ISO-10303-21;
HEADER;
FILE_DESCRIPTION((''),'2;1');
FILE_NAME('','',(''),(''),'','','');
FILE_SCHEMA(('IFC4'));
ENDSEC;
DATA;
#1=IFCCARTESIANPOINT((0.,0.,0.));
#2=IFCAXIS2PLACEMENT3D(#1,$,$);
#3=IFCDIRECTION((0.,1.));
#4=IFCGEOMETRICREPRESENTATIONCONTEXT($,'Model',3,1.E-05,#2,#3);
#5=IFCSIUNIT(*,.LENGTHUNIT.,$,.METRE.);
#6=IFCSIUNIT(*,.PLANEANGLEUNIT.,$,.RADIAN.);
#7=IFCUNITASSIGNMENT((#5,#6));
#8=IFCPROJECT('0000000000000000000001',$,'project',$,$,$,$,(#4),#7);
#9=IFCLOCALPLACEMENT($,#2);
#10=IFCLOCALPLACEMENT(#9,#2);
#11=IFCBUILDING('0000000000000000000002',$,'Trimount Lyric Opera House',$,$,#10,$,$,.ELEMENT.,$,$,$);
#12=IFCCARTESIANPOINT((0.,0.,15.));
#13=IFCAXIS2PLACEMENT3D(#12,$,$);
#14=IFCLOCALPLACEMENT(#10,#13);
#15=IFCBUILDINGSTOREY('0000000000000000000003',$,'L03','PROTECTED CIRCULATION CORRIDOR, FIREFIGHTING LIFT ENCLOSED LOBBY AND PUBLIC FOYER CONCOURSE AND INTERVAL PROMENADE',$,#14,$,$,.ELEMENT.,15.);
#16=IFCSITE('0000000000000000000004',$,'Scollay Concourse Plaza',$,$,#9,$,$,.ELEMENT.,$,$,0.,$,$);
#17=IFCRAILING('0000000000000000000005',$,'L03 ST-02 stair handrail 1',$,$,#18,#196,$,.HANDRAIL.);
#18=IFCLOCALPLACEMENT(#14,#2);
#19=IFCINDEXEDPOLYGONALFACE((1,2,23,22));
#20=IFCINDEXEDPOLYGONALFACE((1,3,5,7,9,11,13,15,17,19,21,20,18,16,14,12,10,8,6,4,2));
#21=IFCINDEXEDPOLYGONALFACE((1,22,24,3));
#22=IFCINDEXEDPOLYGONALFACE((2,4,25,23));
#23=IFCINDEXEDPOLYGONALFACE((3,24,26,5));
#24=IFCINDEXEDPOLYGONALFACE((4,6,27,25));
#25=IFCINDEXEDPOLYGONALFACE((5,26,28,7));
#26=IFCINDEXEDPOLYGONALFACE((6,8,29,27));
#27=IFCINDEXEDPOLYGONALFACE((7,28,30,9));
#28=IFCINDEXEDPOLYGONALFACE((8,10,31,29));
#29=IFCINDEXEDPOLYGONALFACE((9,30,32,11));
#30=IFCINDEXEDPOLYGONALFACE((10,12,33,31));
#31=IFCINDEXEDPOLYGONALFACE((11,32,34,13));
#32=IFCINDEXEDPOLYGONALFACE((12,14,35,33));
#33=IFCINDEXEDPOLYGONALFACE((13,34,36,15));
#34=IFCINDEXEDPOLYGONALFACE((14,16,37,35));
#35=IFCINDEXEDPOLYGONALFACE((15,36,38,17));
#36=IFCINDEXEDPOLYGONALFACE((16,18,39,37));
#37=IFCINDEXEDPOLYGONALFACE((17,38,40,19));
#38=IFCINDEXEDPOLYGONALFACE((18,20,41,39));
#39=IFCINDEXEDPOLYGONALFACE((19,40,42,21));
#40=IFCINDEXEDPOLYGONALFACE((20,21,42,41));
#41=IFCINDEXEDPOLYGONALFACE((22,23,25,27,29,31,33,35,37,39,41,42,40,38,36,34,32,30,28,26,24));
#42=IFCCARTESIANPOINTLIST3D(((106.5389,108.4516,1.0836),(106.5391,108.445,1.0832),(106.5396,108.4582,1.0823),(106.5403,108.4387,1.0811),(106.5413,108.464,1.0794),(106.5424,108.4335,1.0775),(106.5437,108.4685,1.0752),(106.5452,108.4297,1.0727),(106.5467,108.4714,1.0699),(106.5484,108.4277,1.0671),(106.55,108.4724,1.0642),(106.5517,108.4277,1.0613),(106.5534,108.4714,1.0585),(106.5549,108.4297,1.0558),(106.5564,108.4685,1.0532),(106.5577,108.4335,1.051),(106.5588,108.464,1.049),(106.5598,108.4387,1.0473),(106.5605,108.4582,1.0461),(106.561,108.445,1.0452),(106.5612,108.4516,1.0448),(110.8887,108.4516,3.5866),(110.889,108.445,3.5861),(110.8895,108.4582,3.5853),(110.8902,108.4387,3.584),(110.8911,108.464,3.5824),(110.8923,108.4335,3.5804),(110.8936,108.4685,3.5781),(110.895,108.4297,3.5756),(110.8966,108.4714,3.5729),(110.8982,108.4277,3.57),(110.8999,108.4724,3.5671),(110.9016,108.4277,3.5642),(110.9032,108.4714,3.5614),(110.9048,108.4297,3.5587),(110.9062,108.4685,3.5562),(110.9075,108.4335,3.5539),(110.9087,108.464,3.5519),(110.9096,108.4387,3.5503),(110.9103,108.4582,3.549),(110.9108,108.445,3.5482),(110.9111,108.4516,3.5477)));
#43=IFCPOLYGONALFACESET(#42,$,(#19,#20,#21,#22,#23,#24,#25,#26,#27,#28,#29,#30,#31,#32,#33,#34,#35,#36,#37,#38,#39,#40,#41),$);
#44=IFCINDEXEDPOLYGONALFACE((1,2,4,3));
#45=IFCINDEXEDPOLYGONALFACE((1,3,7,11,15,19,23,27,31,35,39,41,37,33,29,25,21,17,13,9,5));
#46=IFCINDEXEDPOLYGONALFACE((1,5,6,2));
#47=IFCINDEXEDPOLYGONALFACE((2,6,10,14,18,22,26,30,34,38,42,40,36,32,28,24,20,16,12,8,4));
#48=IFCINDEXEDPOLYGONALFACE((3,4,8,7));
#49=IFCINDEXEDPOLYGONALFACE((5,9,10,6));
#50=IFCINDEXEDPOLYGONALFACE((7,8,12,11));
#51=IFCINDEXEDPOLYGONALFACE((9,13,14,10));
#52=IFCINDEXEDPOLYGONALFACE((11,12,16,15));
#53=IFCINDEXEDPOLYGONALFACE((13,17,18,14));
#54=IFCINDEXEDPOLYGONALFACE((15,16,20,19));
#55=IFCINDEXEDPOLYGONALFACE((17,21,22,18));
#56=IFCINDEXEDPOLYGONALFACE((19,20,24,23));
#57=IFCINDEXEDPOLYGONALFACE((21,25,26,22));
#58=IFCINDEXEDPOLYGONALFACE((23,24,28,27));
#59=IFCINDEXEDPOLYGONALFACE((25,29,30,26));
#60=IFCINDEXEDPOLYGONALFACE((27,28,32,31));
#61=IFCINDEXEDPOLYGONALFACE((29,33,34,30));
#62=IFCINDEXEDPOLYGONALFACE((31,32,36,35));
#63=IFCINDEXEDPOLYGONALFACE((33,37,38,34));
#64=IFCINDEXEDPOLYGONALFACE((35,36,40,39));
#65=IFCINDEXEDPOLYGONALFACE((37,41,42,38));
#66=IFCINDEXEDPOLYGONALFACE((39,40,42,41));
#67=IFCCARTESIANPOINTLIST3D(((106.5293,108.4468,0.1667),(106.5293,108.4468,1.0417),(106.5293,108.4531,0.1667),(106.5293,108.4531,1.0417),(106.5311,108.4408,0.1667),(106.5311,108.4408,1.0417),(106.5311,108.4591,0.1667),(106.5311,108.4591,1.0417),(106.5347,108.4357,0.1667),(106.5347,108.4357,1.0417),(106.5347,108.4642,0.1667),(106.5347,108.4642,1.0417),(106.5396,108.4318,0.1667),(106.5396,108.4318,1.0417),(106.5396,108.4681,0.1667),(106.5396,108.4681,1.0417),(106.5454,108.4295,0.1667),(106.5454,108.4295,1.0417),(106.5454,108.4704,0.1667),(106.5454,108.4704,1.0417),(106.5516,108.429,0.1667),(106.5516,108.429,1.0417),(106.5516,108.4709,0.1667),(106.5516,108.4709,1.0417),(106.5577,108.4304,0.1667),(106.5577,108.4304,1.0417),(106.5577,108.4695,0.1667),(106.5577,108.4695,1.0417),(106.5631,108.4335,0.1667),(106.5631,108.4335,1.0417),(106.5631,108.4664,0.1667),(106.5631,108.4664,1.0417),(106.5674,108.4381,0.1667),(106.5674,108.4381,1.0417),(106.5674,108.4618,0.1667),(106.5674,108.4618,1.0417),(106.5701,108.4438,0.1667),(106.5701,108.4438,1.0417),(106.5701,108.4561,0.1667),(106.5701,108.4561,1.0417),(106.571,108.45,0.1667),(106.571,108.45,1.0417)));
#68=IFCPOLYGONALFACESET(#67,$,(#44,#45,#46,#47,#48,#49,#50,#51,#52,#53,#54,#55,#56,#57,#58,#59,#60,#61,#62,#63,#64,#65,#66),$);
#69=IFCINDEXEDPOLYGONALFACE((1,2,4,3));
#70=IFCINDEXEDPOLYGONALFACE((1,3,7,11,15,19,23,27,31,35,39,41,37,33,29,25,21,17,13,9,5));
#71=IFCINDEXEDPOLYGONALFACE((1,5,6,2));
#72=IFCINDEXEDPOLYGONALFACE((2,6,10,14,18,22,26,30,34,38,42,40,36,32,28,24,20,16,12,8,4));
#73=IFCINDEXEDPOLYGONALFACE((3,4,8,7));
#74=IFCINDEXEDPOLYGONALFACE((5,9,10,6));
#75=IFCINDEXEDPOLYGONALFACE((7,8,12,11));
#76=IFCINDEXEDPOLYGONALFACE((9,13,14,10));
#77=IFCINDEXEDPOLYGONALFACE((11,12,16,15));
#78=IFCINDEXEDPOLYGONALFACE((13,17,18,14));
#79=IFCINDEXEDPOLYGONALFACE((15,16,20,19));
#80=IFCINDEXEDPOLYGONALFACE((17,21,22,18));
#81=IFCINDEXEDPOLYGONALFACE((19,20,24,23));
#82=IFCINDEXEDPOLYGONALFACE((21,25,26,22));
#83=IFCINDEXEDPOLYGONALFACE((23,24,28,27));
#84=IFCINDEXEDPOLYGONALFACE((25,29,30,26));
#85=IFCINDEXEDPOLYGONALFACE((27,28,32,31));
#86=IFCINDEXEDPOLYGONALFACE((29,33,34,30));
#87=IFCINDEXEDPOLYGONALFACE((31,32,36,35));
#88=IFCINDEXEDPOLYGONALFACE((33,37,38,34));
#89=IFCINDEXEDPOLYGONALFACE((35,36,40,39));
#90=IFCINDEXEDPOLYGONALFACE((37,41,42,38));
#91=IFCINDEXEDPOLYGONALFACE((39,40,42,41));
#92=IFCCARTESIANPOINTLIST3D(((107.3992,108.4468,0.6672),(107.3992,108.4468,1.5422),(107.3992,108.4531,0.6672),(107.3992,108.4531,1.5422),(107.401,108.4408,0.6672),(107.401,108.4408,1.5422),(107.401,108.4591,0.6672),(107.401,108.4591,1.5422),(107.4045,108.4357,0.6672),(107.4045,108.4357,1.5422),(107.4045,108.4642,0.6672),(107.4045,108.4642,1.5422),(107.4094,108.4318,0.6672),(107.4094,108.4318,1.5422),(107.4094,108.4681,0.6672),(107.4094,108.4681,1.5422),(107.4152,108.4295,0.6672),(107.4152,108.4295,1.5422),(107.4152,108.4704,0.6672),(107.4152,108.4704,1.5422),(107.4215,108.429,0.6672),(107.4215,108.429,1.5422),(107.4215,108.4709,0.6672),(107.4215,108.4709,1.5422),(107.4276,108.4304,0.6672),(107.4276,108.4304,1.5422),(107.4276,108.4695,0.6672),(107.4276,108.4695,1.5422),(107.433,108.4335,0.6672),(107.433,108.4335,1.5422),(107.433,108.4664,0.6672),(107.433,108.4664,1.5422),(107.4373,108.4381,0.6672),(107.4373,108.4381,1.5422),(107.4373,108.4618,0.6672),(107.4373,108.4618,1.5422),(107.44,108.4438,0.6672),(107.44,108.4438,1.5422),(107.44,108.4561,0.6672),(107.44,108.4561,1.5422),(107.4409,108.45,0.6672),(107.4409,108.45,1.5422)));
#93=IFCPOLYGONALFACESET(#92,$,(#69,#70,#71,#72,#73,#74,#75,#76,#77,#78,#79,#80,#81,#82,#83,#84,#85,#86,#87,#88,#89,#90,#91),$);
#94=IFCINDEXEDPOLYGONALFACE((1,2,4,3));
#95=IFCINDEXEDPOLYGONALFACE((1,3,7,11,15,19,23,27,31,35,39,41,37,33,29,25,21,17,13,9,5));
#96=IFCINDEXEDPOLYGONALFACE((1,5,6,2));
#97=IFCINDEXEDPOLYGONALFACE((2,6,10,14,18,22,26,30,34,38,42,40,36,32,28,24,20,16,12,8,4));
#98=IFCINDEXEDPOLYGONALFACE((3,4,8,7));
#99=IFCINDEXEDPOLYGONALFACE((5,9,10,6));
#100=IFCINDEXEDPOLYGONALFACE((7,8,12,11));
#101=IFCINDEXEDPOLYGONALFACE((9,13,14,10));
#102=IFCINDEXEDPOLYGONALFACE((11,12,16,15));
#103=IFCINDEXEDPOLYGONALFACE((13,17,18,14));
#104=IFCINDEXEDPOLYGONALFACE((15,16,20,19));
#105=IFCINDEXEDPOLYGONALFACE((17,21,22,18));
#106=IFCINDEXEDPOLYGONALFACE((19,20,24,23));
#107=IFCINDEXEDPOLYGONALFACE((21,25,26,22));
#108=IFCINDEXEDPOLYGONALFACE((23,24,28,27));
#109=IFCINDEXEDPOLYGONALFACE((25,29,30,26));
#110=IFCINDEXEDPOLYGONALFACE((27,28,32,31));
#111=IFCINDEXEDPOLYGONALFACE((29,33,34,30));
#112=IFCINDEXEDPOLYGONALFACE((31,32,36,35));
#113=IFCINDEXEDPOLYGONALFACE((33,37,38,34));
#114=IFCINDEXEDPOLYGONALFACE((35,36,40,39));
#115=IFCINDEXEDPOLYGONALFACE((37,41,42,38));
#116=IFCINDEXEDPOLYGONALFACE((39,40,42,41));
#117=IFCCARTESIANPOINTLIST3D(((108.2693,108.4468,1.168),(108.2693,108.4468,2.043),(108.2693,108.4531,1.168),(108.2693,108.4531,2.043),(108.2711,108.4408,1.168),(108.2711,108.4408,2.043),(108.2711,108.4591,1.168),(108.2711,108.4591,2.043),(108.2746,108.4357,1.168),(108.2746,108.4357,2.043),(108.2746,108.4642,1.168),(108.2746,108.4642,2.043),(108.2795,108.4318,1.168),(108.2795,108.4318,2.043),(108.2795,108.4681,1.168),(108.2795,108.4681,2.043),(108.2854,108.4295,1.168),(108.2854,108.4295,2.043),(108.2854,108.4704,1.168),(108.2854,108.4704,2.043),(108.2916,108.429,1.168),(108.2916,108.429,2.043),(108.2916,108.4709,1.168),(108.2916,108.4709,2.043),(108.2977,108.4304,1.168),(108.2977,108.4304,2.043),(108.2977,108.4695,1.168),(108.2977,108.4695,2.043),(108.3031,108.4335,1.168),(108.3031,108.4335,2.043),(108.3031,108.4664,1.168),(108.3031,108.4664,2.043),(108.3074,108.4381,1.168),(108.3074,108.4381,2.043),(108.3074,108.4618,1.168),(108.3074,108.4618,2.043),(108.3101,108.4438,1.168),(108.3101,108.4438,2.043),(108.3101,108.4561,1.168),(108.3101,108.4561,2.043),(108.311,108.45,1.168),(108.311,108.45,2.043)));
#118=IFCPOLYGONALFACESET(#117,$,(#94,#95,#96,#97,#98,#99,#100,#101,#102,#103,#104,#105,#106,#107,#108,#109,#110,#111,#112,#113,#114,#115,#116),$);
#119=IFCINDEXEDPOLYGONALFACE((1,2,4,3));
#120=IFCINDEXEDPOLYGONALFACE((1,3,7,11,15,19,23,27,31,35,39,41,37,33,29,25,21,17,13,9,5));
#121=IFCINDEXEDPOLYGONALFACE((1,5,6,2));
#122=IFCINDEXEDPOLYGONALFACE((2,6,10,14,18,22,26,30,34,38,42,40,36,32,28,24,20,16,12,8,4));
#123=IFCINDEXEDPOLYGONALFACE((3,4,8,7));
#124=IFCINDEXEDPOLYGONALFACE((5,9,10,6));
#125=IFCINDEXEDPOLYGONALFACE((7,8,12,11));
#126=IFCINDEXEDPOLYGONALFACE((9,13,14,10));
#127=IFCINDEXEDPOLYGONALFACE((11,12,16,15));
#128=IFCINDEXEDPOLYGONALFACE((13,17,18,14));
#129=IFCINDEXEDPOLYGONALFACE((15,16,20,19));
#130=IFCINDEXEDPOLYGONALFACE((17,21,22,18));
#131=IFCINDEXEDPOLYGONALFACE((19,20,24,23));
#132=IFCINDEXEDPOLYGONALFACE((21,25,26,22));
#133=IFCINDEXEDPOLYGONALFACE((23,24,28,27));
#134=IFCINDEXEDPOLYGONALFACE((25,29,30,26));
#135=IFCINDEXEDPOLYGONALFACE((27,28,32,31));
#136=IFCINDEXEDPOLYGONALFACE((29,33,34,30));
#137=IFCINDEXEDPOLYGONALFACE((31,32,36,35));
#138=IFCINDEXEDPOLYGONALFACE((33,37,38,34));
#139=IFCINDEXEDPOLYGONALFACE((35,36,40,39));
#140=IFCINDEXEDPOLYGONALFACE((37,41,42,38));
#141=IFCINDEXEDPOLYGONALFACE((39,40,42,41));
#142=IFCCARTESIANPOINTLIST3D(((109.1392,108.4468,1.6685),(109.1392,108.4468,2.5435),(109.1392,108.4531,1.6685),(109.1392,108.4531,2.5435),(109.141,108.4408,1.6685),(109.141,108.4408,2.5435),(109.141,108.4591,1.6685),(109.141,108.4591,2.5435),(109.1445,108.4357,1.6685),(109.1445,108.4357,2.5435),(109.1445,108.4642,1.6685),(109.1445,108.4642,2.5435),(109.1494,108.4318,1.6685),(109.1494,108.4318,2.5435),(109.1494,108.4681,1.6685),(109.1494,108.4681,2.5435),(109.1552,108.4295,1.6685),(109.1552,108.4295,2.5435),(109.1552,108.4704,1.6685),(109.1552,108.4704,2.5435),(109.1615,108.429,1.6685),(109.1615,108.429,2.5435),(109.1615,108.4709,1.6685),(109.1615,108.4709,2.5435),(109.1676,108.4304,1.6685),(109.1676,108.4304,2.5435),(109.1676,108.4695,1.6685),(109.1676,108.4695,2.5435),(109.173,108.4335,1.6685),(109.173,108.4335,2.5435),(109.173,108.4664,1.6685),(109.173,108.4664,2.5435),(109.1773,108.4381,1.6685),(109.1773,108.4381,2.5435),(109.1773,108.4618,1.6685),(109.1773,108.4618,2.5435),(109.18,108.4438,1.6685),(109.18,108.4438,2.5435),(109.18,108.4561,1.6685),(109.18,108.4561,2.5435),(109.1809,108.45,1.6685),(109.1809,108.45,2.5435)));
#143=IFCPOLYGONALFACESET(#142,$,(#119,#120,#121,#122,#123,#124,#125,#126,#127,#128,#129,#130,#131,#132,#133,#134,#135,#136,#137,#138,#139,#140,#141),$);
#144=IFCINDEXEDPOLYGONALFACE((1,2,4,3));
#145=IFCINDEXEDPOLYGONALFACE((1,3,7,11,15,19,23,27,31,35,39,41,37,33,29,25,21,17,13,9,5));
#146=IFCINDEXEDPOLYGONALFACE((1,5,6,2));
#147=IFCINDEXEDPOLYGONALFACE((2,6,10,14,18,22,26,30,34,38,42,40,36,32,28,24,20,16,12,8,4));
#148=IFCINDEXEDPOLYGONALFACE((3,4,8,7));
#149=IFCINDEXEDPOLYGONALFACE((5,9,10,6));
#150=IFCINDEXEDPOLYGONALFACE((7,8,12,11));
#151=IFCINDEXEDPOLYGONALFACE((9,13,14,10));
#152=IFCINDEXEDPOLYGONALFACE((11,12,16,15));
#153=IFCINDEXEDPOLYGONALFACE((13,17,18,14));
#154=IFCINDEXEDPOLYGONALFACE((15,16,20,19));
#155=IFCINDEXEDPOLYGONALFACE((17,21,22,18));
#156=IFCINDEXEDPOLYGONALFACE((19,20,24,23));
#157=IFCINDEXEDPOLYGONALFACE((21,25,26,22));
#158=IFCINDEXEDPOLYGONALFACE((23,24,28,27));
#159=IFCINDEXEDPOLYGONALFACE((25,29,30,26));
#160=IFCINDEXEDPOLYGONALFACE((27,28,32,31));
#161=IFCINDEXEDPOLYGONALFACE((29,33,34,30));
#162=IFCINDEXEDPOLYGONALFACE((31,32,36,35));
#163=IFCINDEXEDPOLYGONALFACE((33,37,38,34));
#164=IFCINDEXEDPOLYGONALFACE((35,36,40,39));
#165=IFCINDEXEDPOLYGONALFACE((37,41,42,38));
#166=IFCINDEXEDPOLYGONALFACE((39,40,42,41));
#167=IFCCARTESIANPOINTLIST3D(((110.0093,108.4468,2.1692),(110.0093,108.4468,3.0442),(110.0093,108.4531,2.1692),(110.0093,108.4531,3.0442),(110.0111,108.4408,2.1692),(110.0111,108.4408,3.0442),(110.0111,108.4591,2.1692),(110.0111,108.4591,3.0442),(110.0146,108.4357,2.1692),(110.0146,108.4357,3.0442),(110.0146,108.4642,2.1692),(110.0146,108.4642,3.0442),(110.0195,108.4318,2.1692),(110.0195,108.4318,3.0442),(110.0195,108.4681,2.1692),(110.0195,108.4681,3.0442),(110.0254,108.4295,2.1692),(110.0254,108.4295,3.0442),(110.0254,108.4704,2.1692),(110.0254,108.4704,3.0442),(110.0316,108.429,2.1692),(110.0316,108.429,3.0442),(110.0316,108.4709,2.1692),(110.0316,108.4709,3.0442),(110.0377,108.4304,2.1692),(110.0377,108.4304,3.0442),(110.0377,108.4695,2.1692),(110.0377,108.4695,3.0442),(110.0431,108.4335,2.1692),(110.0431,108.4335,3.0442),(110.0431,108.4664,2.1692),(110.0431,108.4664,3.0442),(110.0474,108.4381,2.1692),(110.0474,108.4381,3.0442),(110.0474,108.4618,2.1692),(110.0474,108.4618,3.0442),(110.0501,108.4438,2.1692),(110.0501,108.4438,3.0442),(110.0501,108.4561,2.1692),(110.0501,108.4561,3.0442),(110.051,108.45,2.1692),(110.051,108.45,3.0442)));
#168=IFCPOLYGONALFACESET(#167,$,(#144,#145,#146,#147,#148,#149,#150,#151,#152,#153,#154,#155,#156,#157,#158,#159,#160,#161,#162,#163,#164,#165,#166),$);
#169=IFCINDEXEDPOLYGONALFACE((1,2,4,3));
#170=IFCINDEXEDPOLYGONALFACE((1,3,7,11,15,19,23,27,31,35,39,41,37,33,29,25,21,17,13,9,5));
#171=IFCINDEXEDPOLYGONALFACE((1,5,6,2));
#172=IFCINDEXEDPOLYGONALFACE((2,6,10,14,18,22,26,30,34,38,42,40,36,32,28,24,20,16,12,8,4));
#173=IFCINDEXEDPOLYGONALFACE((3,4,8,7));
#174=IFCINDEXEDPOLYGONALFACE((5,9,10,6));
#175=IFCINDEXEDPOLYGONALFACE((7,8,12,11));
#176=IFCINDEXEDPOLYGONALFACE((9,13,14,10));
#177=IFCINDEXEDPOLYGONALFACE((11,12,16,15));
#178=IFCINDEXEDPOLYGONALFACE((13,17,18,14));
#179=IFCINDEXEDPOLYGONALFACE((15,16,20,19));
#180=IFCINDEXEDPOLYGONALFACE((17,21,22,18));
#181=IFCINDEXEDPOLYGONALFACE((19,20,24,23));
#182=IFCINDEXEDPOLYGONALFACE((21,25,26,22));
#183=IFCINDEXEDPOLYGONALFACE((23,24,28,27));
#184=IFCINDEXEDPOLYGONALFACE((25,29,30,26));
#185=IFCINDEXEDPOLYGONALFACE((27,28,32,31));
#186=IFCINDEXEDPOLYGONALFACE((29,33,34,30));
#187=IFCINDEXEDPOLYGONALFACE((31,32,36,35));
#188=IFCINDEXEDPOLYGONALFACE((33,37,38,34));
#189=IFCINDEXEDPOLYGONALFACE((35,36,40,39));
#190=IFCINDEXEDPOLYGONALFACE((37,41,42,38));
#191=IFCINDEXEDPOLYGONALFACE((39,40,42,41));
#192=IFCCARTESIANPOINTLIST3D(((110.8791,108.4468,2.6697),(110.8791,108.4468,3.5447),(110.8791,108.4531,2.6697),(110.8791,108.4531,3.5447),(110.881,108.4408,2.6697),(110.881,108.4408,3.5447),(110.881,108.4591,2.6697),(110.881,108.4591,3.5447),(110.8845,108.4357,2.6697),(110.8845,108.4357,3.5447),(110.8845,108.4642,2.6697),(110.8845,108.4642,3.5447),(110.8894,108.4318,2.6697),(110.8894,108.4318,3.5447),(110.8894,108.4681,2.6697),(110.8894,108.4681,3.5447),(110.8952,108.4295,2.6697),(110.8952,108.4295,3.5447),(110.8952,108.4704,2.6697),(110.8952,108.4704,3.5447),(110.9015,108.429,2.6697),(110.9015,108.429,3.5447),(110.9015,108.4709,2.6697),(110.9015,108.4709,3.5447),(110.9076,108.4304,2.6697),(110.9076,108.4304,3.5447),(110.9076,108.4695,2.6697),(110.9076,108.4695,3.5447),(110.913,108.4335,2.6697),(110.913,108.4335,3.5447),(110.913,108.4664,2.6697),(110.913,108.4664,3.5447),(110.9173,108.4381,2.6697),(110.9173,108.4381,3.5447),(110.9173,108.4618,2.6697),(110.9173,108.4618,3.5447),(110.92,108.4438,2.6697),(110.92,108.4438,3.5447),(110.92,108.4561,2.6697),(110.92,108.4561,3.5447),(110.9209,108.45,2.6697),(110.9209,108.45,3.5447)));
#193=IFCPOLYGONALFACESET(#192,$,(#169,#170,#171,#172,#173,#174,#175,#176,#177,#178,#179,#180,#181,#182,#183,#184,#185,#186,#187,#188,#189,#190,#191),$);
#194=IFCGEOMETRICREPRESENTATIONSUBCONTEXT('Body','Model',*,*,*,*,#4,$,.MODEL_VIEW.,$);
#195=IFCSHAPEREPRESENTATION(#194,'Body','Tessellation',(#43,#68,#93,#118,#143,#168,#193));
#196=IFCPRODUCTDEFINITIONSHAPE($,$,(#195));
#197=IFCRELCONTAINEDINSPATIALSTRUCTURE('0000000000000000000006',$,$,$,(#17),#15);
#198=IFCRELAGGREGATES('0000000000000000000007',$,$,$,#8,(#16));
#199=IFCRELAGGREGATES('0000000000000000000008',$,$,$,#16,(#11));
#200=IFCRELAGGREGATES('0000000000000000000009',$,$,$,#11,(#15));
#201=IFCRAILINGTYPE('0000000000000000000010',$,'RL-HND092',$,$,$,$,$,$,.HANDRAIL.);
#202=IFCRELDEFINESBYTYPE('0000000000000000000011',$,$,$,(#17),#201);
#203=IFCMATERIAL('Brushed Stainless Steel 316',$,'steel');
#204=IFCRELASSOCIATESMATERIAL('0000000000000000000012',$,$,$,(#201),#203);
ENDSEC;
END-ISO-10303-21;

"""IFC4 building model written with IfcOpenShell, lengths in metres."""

from ifc_helpers import new_model, si_unit, direction, frame, origin, origin_2d, place, context, subcontext, project, spatial, circle, extrude, material, type_object, element, save


model = new_model("IFC4")

# Units and contexts
model_context = context("Model", 3, precision=1e-05, world=origin(), true_north=direction((0.0, 1.0)))
body_context = subcontext(model_context, "Body", "Model", "MODEL_VIEW")
ifc_project = project(units=[si_unit("LENGTHUNIT", "METRE"), si_unit("PLANEANGLEUNIT", "RADIAN")], contexts=[model_context])

# Site, building, storey
site_placement = place(None, origin())
site = spatial("IfcSite", under=ifc_project, at=site_placement, Name="Scollay Concourse Plaza", CompositionType="ELEMENT", RefElevation=0.0)
building_placement = place(site_placement, origin())
building = spatial("IfcBuilding", under=site, at=building_placement, Name="Trimount Lyric Opera House", CompositionType="ELEMENT")
storey_placement = place(building_placement, frame((0.0, 0.0, 15.0)))
storey = spatial("IfcBuildingStorey", under=building, at=storey_placement, Name="L03", Description="PROTECTED CIRCULATION CORRIDOR, FIREFIGHTING LIFT ENCLOSED LOBBY AND PUBLIC FOYER CONCOURSE AND INTERVAL PROMENADE", CompositionType="ELEMENT", Elevation=15.0)

# Railing
ifc_material_1 = material(Name="Brushed Stainless Steel 316", Category="steel")
railing_type_1 = type_object("IfcRailingType", Name="RL-HND092", PredefinedType="HANDRAIL", material=ifc_material_1)
railing_1_placement = place(storey_placement, frame((106.55, 108.45, 0.1667)))
element("IfcRailing", 1, at=railing_1_placement, inside=storey, type_object=railing_type_1, Name="L03 ST-02 stair handrail 1", PredefinedType="HANDRAIL", context=body_context, shape_type="SweptSolid", body=[
    extrude(circle(Radius=0.0225, at=origin_2d()), frame((0.0, 0.0, 0.8975), z_axis=(0.866754, 0.0, 0.498735), x_axis=(0.0, 1.0, 0.0)), (0.0, 0.0, 1.0), 5.0186),
    extrude(circle(Radius=0.021, at=origin_2d()), origin(), (0.0, 0.0, 1.0), 0.875),
    extrude(circle(Radius=0.021, at=origin_2d()), frame((0.8699, 0.0, 0.5005)), (0.0, 0.0, 1.0), 0.875),
    extrude(circle(Radius=0.021, at=origin_2d()), frame((1.74, 0.0, 1.0012)), (0.0, 0.0, 1.0), 0.875),
    extrude(circle(Radius=0.021, at=origin_2d()), frame((2.6099, 0.0, 1.5017)), (0.0, 0.0, 1.0), 0.875),
    extrude(circle(Radius=0.021, at=origin_2d()), frame((3.48, 0.0, 2.0024)), (0.0, 0.0, 1.0), 0.875),
    extrude(circle(Radius=0.021, at=origin_2d()), frame((4.3499, 0.0, 2.5029)), (0.0, 0.0, 1.0), 0.875),
])

save(model, "model.ifc")
